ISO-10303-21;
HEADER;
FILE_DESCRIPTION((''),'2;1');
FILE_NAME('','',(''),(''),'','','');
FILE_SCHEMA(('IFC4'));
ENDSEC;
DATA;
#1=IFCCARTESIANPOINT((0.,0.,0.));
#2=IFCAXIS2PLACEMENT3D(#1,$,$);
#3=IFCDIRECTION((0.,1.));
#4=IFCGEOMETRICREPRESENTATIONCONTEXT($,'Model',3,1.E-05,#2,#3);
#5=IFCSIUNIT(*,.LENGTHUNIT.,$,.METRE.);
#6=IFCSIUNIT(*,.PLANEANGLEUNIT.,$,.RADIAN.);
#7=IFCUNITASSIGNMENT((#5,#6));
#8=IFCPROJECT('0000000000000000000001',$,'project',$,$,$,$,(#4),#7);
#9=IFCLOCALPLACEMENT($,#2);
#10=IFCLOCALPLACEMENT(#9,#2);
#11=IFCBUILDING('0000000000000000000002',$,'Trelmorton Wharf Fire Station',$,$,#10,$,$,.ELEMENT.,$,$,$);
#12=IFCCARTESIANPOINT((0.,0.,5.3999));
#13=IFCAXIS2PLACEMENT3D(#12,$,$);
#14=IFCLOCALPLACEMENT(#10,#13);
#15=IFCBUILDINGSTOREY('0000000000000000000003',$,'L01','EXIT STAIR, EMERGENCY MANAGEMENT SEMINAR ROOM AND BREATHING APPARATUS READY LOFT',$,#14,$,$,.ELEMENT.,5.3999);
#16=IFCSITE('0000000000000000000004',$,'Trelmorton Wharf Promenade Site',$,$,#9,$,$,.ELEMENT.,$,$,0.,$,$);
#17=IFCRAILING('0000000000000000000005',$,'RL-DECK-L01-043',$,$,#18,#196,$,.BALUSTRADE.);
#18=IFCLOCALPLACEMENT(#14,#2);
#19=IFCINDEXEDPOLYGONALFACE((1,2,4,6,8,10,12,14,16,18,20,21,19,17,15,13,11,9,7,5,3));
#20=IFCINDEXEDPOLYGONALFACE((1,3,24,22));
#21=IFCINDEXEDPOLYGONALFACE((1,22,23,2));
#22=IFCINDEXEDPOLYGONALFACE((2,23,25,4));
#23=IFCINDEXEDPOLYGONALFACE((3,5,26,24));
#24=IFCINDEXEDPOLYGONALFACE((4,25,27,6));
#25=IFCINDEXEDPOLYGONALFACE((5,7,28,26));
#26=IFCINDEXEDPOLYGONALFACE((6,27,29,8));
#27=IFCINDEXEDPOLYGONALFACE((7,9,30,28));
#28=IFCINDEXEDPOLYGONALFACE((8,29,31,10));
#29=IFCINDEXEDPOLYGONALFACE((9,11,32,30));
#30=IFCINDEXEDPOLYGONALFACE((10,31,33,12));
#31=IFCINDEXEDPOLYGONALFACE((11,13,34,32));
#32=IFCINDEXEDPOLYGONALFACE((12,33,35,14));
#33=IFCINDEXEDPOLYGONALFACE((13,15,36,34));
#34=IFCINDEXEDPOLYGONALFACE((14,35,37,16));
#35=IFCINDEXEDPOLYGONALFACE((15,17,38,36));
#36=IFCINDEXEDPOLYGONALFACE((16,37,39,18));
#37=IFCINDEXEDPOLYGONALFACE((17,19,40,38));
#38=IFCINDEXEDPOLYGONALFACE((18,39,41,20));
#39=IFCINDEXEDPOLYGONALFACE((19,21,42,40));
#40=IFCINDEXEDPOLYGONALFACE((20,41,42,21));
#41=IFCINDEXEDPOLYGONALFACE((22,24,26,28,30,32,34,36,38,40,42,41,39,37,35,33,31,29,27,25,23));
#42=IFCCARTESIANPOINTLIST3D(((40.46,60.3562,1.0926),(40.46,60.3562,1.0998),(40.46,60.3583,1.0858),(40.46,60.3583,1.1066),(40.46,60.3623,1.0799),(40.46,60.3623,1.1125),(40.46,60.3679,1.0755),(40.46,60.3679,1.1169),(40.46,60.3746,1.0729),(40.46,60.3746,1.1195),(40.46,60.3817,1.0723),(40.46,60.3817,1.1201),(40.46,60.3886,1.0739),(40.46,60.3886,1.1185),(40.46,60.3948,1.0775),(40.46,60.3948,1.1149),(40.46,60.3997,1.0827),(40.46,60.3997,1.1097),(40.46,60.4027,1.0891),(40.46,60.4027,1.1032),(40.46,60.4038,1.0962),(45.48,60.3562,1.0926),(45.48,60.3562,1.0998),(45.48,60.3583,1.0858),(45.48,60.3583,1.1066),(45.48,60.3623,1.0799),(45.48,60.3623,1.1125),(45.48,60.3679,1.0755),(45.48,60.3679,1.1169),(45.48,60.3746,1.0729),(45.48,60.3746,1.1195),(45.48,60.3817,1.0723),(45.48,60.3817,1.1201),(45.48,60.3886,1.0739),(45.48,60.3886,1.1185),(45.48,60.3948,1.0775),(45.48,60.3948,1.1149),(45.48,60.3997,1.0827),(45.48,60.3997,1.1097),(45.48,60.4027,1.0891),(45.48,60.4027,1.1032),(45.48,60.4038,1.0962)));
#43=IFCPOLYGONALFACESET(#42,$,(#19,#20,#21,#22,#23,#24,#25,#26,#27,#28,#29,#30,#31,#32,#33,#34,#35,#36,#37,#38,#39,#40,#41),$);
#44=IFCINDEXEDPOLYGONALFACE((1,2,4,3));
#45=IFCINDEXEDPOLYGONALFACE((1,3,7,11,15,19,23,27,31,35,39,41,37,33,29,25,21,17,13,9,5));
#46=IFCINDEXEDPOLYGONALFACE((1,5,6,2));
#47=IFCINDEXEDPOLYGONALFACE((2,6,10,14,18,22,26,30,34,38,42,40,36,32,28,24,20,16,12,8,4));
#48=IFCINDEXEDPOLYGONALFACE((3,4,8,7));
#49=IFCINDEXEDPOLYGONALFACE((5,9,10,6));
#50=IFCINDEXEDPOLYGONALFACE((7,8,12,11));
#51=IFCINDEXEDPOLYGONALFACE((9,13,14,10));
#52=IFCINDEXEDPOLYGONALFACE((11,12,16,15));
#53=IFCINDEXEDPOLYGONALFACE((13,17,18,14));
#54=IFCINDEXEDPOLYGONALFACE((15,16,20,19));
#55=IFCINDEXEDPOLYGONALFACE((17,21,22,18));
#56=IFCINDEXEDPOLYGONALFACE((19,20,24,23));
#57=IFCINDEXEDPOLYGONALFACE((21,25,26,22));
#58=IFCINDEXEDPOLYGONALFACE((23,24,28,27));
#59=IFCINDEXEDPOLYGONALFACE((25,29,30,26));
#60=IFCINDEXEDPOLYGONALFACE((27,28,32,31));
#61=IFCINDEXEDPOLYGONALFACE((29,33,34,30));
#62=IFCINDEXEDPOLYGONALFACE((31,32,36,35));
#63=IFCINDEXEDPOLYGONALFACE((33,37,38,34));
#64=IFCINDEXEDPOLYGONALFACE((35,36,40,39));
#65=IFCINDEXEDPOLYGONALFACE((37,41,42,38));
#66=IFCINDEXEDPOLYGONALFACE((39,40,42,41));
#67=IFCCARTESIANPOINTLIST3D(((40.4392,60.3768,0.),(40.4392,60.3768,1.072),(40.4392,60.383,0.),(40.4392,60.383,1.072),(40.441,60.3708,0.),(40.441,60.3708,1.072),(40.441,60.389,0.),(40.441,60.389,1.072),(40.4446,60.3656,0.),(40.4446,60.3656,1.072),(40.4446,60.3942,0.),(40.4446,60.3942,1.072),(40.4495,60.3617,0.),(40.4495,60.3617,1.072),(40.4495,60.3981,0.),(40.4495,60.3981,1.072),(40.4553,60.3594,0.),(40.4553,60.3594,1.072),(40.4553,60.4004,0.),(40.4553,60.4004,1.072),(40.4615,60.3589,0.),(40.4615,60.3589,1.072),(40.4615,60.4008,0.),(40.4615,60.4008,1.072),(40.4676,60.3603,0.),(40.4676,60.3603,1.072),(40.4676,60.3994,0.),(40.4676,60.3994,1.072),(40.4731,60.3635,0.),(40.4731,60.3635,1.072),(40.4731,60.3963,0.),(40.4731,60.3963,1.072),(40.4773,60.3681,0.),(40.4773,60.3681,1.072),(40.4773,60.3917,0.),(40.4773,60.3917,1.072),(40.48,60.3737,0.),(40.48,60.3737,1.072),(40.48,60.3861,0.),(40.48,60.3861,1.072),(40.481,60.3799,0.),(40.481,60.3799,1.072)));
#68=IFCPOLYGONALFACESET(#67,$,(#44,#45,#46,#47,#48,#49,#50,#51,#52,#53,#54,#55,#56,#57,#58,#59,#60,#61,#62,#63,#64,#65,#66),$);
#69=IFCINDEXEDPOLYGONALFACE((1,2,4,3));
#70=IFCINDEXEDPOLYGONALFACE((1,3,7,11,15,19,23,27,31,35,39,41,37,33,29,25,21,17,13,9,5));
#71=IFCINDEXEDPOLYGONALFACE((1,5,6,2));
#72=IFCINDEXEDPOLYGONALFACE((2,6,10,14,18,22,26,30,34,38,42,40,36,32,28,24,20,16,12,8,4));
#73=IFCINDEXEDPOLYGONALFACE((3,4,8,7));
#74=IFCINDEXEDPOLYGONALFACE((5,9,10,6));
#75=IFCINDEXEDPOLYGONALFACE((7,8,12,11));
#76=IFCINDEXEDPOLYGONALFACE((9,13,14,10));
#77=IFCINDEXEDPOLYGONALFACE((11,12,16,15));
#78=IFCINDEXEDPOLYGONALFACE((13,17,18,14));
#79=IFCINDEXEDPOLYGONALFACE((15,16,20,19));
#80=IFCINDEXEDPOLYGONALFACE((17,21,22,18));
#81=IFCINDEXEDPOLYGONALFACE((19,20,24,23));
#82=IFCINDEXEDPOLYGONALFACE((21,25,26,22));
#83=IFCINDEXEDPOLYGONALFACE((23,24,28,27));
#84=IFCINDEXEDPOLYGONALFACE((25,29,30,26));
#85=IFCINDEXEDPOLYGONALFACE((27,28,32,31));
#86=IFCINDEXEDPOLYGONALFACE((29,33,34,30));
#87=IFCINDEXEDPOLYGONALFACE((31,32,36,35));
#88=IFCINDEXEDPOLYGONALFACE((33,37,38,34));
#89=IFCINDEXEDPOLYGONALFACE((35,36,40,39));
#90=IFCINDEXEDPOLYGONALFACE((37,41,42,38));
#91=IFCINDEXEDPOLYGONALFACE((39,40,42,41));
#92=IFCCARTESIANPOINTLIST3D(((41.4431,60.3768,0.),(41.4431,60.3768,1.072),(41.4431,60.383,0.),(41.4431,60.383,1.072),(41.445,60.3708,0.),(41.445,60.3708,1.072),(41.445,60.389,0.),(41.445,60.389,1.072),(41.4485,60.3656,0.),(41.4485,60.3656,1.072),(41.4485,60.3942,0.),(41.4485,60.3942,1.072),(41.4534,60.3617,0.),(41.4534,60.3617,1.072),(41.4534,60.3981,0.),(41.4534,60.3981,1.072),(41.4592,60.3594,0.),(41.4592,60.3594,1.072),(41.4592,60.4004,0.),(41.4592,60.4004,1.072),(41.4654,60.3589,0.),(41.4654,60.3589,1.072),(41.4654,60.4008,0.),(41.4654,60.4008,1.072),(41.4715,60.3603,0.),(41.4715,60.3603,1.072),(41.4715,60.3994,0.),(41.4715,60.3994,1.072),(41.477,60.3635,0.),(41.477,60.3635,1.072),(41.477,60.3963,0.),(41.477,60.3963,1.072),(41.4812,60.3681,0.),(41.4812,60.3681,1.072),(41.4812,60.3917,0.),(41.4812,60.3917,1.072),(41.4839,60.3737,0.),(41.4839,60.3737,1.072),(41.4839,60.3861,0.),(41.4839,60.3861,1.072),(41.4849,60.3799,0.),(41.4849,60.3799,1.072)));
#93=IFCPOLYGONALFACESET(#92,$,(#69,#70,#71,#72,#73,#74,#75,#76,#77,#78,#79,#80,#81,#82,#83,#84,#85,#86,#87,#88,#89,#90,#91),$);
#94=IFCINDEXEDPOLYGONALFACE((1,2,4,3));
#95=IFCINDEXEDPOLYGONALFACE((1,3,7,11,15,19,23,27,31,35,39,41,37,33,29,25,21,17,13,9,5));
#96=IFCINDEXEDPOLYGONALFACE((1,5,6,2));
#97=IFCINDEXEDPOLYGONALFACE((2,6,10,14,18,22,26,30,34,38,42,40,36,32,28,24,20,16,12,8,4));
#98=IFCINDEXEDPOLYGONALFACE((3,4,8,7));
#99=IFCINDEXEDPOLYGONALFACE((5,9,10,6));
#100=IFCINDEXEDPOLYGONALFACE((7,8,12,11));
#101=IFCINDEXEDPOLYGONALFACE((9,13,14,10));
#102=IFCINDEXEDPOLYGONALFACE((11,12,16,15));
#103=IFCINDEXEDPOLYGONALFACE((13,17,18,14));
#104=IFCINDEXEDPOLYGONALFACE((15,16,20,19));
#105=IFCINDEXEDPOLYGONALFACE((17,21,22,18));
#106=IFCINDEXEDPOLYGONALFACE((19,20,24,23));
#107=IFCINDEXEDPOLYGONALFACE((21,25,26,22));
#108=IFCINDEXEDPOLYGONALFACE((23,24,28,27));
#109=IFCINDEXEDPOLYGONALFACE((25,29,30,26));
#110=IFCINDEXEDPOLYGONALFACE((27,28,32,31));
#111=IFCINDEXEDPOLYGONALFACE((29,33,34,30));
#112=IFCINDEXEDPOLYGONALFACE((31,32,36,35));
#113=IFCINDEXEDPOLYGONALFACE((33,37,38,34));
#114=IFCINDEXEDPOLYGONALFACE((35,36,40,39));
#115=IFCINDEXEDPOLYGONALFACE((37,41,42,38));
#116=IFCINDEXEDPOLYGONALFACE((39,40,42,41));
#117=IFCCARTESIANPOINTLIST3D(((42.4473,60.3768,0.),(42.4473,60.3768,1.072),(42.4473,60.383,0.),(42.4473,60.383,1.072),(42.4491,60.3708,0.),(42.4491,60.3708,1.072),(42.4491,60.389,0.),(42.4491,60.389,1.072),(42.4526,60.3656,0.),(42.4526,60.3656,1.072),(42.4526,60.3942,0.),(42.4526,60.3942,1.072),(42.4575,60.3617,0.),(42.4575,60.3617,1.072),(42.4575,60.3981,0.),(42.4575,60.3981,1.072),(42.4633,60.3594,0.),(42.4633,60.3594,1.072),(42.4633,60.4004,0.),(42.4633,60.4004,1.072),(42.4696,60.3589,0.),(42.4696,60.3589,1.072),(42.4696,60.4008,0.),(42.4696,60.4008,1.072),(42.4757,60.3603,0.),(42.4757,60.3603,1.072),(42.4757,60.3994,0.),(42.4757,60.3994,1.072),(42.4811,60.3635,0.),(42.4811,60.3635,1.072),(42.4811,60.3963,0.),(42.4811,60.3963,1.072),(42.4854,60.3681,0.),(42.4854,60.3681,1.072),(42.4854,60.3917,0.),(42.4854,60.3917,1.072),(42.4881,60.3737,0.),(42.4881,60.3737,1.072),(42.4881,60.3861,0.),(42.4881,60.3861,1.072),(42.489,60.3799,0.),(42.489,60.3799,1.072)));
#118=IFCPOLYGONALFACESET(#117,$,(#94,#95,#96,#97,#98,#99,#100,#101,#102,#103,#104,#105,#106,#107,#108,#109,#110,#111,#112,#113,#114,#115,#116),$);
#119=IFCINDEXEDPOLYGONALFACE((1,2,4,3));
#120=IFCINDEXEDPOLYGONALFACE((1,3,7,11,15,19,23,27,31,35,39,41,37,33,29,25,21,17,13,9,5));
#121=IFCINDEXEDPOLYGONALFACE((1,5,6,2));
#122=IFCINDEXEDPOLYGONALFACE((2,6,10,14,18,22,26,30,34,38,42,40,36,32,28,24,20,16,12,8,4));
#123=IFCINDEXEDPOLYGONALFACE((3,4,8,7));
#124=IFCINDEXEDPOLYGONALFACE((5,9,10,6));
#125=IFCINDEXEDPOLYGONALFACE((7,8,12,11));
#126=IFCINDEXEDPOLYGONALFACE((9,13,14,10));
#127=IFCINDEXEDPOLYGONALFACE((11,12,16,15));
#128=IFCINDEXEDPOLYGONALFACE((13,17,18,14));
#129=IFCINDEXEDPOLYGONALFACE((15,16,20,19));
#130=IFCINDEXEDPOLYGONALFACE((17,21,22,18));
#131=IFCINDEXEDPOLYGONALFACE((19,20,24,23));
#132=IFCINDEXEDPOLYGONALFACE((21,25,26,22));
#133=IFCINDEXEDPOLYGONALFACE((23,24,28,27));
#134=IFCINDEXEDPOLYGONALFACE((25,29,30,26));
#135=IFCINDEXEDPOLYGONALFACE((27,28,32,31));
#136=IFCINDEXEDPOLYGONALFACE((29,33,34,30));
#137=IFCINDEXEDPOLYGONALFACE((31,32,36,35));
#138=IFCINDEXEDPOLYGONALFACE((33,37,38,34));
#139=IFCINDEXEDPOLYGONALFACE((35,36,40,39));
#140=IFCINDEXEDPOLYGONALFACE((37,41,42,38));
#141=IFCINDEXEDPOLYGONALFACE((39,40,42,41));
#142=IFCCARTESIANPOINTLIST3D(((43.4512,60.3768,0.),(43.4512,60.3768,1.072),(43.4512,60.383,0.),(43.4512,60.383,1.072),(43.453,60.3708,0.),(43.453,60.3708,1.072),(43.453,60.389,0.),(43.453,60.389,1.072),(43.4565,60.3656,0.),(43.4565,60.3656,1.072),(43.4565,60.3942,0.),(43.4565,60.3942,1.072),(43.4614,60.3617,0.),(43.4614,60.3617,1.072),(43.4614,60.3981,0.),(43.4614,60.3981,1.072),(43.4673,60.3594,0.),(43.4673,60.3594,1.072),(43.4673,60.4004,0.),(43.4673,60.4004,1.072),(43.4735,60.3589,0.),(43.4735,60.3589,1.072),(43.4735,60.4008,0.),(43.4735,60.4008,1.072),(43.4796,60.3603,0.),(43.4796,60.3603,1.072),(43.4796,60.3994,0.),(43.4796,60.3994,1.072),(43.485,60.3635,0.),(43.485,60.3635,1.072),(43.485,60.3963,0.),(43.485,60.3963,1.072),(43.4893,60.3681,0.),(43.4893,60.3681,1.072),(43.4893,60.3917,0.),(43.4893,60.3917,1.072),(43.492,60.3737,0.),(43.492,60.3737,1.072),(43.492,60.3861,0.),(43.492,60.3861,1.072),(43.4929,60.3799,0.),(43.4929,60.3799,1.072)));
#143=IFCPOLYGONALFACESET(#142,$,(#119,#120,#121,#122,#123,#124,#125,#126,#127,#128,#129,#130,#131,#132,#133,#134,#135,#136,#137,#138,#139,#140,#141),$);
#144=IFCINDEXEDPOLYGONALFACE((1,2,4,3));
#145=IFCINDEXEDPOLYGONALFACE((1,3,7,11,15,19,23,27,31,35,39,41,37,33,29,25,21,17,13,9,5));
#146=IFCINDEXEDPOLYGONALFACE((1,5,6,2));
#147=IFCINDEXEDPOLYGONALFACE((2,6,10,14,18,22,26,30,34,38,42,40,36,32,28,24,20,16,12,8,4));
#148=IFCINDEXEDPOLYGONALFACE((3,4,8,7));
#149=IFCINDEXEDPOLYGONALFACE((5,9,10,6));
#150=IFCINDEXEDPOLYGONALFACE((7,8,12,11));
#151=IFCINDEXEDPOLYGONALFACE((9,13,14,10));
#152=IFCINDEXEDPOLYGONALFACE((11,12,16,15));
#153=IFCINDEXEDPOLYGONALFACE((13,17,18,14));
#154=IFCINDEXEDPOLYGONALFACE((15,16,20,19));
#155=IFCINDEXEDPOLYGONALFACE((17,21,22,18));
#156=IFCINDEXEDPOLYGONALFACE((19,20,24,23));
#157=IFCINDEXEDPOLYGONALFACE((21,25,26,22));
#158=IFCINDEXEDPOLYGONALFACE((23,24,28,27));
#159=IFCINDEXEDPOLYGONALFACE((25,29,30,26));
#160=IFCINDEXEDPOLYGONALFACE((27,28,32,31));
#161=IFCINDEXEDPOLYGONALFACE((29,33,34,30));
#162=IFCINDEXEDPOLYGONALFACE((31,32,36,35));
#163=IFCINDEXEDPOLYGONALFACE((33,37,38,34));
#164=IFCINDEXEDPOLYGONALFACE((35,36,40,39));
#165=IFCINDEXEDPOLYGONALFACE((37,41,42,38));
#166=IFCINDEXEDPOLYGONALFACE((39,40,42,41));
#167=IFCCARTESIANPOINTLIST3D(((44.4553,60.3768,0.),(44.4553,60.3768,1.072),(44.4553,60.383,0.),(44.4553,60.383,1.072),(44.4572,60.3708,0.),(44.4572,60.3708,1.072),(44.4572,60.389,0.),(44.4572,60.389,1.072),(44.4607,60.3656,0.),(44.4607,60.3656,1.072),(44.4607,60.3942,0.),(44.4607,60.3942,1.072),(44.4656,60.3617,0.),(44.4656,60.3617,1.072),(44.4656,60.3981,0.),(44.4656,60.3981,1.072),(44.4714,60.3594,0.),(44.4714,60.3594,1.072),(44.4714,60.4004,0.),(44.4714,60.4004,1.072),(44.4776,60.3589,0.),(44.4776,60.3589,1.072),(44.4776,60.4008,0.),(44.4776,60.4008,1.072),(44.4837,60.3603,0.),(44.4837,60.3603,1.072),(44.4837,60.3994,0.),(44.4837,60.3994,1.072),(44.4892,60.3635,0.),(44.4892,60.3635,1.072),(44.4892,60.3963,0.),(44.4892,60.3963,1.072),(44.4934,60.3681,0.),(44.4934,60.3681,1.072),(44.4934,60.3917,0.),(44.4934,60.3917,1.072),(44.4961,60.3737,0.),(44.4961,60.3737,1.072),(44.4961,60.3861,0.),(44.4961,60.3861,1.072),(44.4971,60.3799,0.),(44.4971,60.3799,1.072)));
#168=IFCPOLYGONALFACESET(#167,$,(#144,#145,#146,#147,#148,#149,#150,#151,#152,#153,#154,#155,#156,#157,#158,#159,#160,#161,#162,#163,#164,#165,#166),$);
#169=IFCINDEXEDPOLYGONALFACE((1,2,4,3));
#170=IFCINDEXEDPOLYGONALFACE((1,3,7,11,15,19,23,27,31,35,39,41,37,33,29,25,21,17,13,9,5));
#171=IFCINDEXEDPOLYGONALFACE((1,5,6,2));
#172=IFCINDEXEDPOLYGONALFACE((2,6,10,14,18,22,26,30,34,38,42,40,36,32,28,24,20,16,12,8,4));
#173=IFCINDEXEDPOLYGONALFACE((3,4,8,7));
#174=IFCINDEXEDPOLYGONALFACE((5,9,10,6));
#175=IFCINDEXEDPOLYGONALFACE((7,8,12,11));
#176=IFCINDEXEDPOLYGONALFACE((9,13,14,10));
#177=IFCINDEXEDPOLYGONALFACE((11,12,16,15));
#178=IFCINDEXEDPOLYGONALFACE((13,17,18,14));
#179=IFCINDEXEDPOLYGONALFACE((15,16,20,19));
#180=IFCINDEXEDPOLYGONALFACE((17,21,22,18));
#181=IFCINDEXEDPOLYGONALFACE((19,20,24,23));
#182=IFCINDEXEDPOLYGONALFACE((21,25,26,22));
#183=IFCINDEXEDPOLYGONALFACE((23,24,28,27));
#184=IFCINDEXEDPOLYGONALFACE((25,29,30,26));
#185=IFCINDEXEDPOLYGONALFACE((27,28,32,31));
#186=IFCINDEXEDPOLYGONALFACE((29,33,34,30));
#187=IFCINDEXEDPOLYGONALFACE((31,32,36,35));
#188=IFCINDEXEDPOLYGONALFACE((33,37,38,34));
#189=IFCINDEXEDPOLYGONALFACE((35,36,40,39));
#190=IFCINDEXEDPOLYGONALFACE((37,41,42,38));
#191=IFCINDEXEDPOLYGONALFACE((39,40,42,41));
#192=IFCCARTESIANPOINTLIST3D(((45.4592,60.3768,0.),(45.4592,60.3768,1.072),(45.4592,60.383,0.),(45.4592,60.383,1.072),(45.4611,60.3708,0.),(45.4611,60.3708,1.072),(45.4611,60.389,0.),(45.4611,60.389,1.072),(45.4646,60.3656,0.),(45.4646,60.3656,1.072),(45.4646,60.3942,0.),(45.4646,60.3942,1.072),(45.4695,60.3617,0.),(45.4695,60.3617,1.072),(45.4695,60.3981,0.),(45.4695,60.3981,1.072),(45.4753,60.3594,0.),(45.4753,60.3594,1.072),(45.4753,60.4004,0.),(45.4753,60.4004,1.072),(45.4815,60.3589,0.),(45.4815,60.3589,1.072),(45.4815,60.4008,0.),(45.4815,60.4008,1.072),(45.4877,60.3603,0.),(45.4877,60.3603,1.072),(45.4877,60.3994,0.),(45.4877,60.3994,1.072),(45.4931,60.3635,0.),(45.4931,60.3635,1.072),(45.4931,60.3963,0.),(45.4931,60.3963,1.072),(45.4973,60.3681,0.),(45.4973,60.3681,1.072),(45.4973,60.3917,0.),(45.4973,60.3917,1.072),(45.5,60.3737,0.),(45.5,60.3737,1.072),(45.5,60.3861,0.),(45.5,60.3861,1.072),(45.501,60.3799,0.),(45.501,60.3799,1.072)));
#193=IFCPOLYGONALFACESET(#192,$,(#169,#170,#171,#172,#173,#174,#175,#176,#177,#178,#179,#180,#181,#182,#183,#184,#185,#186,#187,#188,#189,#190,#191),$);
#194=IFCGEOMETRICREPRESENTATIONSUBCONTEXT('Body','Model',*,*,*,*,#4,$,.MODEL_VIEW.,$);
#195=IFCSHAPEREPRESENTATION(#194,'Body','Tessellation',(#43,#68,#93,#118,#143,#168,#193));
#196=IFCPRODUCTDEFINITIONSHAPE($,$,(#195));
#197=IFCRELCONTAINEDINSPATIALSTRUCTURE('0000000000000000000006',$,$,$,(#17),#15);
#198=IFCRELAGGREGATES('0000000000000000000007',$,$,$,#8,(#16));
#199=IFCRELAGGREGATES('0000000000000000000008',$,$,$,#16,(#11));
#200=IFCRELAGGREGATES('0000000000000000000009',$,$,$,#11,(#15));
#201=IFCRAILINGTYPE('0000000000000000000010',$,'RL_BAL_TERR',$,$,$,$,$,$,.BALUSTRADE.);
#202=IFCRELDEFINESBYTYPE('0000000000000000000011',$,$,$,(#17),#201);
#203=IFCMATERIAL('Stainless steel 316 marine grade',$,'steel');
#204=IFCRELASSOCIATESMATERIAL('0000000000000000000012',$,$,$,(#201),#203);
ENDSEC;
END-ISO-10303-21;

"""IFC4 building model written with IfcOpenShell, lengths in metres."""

from ifc_helpers import new_model, si_unit, direction, frame, origin, origin_2d, place, context, subcontext, project, spatial, circle, extrude, material, type_object, element, save


model = new_model("IFC4")

# Units and contexts
model_context = context("Model", 3, precision=1e-05, world=origin(), true_north=direction((0.0, 1.0)))
body_context = subcontext(model_context, "Body", "Model", "MODEL_VIEW")
ifc_project = project(units=[si_unit("LENGTHUNIT", "METRE"), si_unit("PLANEANGLEUNIT", "RADIAN")], contexts=[model_context])

# Site, building, storey
site_placement = place(None, origin())
site = spatial("IfcSite", under=ifc_project, at=site_placement, Name="Trelmorton Wharf Promenade Site", CompositionType="ELEMENT", RefElevation=0.0)
building_placement = place(site_placement, origin())
building = spatial("IfcBuilding", under=site, at=building_placement, Name="Trelmorton Wharf Fire Station", CompositionType="ELEMENT")
storey_placement = place(building_placement, frame((0.0, 0.0, 5.3999)))
storey = spatial("IfcBuildingStorey", under=building, at=storey_placement, Name="L01", Description="EXIT STAIR, EMERGENCY MANAGEMENT SEMINAR ROOM AND BREATHING APPARATUS READY LOFT", CompositionType="ELEMENT", Elevation=5.3999)

# Railing
ifc_material_1 = material(Name="Stainless steel 316 marine grade", Category="steel")
railing_type = type_object("IfcRailingType", Name="RL_BAL_TERR", PredefinedType="BALUSTRADE", material=ifc_material_1)
railing_1_placement = place(storey_placement, frame((40.46, 60.3799, 0.0)))
element("IfcRailing", 1, at=railing_1_placement, inside=storey, type_object=railing_type, Name="RL-DECK-L01-043", PredefinedType="BALUSTRADE", context=body_context, shape_type="SweptSolid", body=[
    extrude(circle(Radius=0.0239, at=origin_2d()), frame((0.0, 0.0, 1.0962), z_axis=(1.0, 0.0, 0.0), x_axis=(0.0, 1.0, 0.0)), (0.0, 0.0, 1.0), 5.02),
    extrude(circle(Radius=0.021, at=origin_2d()), origin(), (0.0, 0.0, 1.0), 1.072),
    extrude(circle(Radius=0.021, at=origin_2d()), frame((1.0039, 0.0, 0.0)), (0.0, 0.0, 1.0), 1.072),
    extrude(circle(Radius=0.021, at=origin_2d()), frame((2.0081, 0.0, 0.0)), (0.0, 0.0, 1.0), 1.072),
    extrude(circle(Radius=0.021, at=origin_2d()), frame((3.012, 0.0, 0.0)), (0.0, 0.0, 1.0), 1.072),
    extrude(circle(Radius=0.021, at=origin_2d()), frame((4.0161, 0.0, 0.0)), (0.0, 0.0, 1.0), 1.072),
    extrude(circle(Radius=0.021, at=origin_2d()), frame((5.02, 0.0, 0.0)), (0.0, 0.0, 1.0), 1.072),
])

save(model, "model.ifc")
